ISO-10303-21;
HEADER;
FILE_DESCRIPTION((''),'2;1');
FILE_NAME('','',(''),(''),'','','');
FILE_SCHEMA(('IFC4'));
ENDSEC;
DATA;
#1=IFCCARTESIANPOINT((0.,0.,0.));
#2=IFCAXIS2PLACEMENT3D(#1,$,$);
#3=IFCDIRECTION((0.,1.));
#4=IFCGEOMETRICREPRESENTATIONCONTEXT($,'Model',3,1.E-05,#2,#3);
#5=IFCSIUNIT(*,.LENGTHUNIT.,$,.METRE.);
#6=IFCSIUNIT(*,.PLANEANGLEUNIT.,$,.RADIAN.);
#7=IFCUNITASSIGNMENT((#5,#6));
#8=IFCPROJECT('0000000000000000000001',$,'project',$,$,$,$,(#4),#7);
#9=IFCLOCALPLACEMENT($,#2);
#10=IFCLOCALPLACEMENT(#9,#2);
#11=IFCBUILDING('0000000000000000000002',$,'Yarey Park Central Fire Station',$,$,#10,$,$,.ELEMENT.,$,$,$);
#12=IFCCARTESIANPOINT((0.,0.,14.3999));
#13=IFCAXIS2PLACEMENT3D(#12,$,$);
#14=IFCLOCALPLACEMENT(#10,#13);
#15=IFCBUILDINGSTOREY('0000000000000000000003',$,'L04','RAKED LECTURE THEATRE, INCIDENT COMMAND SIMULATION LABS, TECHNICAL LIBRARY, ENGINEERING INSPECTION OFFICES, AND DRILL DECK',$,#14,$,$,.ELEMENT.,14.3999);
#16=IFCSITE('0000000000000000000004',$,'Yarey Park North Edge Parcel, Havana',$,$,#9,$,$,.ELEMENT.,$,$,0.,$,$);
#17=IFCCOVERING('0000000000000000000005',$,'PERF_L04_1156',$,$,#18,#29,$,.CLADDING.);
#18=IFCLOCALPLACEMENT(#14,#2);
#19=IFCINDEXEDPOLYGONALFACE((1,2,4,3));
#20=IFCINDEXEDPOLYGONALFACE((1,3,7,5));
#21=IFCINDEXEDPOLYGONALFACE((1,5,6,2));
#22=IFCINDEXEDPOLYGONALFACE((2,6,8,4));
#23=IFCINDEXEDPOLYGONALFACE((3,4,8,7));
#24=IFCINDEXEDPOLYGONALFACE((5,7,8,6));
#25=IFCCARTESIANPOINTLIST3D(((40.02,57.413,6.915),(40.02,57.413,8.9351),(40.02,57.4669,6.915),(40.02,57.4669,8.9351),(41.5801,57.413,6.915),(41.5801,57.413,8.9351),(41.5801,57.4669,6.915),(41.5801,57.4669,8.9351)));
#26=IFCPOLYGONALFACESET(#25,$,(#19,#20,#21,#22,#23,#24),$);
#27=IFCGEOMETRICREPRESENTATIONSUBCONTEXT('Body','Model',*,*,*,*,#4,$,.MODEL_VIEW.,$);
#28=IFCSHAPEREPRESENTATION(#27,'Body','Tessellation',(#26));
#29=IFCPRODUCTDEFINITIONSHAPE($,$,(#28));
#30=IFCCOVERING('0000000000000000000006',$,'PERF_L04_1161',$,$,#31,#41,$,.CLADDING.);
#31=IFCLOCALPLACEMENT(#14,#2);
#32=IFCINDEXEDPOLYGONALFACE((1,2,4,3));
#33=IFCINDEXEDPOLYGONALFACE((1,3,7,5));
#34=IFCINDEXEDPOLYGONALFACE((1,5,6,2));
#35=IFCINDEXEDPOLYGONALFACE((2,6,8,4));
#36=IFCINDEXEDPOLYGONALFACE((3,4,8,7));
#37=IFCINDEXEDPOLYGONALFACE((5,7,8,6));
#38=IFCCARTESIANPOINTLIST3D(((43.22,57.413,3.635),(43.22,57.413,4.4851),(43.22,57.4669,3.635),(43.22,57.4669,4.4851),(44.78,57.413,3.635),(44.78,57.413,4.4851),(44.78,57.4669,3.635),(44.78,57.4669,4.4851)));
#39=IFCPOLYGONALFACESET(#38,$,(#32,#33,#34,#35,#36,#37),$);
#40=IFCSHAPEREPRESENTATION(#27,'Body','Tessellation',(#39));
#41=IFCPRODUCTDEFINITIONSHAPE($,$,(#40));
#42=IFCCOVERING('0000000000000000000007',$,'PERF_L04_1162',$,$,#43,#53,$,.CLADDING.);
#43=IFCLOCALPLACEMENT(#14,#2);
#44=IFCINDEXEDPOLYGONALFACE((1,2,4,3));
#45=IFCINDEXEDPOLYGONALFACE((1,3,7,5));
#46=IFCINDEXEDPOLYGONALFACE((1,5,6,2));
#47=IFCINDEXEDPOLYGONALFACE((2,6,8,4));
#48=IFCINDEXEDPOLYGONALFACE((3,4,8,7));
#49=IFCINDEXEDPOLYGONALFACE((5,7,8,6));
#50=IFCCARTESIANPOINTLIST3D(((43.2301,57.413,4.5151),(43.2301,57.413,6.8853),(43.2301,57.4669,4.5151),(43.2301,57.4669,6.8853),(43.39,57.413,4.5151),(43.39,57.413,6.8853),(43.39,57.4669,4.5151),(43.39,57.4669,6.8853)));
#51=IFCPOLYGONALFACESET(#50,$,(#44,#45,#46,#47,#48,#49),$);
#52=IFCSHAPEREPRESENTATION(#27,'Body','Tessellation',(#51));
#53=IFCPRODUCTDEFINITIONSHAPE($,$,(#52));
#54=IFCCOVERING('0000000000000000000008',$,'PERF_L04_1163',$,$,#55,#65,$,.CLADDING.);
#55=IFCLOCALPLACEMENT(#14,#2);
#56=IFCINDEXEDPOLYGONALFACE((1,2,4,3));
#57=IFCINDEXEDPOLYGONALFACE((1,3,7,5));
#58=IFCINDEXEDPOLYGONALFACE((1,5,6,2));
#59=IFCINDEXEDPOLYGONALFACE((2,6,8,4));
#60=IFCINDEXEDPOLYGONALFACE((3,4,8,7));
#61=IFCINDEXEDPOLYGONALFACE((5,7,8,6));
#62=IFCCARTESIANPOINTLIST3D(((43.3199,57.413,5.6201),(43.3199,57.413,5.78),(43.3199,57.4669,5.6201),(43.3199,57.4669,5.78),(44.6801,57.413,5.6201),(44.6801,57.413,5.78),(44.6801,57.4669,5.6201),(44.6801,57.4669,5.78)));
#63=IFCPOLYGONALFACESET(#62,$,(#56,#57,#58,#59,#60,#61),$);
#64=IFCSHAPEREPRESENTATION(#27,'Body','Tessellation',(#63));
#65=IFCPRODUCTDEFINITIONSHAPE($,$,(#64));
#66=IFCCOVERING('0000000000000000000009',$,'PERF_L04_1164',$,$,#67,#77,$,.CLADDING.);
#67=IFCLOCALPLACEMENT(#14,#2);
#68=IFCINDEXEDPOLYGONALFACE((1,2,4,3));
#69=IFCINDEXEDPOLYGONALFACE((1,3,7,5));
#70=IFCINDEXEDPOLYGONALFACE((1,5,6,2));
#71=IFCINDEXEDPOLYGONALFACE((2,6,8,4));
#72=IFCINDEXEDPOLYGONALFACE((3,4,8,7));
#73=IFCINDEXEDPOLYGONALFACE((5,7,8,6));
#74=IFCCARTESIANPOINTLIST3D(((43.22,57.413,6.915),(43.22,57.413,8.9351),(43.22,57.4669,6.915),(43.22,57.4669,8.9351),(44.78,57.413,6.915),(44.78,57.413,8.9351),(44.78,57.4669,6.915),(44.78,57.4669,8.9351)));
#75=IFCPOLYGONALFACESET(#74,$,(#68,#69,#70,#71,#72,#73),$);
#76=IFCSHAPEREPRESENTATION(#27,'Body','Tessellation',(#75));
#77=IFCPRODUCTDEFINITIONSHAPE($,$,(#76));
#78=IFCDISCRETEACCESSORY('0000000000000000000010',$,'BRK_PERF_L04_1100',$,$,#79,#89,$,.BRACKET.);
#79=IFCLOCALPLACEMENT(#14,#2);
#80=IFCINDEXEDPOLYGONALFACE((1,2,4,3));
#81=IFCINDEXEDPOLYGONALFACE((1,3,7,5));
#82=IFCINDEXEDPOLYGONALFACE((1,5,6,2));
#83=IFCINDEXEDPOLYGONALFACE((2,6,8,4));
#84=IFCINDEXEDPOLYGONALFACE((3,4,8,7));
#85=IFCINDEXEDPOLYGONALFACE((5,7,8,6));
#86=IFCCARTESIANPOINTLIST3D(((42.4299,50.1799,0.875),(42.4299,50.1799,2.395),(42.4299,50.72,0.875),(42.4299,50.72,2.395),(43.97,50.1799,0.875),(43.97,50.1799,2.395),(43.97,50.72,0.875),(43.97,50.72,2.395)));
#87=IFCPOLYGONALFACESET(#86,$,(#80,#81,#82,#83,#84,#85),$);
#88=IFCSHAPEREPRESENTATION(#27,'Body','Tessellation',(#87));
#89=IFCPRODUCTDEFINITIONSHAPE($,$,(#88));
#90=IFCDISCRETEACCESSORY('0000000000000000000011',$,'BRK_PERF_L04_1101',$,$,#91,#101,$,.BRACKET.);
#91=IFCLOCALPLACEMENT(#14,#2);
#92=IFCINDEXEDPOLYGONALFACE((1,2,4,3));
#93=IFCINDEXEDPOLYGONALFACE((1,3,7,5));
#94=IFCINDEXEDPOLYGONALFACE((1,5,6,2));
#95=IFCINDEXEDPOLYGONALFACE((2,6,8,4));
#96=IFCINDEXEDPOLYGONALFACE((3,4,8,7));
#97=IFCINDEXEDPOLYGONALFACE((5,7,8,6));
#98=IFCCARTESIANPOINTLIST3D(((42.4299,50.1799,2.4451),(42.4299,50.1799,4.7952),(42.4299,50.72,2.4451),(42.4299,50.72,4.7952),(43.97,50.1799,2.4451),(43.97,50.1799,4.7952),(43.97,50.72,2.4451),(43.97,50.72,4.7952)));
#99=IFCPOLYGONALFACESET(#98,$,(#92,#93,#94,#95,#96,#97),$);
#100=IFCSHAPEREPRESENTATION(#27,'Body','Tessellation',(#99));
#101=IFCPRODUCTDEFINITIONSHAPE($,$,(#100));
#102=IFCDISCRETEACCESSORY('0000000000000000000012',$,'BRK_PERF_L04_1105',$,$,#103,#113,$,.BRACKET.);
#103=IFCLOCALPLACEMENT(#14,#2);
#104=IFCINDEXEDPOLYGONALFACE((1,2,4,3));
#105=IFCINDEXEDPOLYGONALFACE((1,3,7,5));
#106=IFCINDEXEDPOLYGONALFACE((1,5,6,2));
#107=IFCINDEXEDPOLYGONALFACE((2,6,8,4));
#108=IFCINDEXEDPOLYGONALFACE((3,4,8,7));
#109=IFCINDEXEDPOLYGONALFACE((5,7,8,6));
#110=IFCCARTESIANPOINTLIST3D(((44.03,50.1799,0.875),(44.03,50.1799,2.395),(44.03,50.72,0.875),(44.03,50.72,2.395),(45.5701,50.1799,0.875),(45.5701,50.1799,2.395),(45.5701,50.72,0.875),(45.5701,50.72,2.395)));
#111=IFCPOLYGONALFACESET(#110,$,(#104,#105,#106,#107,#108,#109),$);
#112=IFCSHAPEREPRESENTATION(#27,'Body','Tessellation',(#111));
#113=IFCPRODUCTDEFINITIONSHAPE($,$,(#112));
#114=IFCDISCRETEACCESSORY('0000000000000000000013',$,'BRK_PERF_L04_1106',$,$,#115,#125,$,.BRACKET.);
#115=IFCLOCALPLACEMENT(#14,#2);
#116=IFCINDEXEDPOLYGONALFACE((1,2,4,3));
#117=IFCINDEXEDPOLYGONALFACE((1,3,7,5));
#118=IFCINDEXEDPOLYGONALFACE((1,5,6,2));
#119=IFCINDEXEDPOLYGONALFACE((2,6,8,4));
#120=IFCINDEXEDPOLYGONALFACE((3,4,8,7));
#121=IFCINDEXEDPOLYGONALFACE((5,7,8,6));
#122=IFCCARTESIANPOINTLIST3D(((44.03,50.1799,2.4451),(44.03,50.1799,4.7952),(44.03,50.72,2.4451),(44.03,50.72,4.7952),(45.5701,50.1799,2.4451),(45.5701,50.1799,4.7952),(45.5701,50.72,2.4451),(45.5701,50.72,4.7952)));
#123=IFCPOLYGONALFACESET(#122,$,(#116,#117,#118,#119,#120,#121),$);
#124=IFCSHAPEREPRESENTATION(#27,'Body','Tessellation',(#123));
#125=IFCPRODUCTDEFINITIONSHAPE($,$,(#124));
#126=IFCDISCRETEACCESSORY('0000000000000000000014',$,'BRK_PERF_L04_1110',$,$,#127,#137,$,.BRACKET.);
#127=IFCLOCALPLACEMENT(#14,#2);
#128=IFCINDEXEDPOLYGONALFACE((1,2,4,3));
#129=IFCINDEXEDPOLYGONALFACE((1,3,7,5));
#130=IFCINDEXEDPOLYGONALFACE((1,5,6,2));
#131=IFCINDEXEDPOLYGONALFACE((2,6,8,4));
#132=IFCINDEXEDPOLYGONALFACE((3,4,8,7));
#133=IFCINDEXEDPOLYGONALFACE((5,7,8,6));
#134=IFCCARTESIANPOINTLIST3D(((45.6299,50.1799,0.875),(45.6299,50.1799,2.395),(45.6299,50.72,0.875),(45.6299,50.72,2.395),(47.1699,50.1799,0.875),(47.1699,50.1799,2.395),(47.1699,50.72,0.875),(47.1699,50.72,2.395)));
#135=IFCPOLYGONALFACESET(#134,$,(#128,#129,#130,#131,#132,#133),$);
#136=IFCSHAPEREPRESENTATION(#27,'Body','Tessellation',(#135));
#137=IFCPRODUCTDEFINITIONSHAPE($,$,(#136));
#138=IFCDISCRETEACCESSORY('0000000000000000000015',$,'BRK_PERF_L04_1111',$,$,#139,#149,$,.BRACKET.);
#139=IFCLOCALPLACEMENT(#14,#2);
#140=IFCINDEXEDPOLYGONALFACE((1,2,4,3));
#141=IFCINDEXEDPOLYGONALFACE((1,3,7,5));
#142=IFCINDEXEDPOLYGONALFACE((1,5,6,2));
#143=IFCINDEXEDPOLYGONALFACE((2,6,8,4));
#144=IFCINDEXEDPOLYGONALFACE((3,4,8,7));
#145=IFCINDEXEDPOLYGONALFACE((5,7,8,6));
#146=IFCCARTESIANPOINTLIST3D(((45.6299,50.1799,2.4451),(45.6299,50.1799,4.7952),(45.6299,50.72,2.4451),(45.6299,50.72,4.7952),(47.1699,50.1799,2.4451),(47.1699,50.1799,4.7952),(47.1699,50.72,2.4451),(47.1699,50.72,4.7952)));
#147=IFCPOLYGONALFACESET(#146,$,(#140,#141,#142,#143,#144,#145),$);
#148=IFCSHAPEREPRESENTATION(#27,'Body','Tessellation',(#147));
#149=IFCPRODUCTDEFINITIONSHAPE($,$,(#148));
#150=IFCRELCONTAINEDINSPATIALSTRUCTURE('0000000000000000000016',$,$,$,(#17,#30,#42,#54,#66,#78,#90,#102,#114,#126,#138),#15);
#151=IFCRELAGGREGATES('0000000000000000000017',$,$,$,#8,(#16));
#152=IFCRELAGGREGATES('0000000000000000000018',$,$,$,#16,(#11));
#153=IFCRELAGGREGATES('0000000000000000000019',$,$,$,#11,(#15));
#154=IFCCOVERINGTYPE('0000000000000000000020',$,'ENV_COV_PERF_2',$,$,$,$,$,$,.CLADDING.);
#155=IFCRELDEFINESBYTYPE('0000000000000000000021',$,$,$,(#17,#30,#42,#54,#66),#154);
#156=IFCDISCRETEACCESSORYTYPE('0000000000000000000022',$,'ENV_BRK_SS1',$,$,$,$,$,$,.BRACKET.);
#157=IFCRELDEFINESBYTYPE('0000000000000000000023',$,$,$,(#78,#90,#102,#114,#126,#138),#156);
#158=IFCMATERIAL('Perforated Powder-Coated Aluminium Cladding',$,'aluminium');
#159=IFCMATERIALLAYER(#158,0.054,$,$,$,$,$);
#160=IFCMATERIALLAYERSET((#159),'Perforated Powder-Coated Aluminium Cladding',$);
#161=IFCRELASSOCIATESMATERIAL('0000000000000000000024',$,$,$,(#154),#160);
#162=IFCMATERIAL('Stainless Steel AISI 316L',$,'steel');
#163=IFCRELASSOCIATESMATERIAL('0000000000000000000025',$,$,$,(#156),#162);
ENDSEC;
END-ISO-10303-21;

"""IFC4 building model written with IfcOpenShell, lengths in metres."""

from ifc_helpers import new_model, si_unit, direction, frame, origin, origin_2d, place, context, subcontext, project, spatial, rectangle, extrude, material, layer, layer_set, type_object, element, save


model = new_model("IFC4")

# Units and contexts
model_context = context("Model", 3, precision=1e-05, world=origin(), true_north=direction((0.0, 1.0)))
body_context = subcontext(model_context, "Body", "Model", "MODEL_VIEW")
ifc_project = project(units=[si_unit("LENGTHUNIT", "METRE"), si_unit("PLANEANGLEUNIT", "RADIAN")], contexts=[model_context])

# Site, building, storey
site_placement = place(None, origin())
site = spatial("IfcSite", under=ifc_project, at=site_placement, Name="Yarey Park North Edge Parcel, Havana", CompositionType="ELEMENT", RefElevation=0.0)
building_placement = place(site_placement, origin())
building = spatial("IfcBuilding", under=site, at=building_placement, Name="Yarey Park Central Fire Station", CompositionType="ELEMENT")
storey_placement = place(building_placement, frame((0.0, 0.0, 14.3999)))
storey = spatial("IfcBuildingStorey", under=building, at=storey_placement, Name="L04", Description="RAKED LECTURE THEATRE, INCIDENT COMMAND SIMULATION LABS, TECHNICAL LIBRARY, ENGINEERING INSPECTION OFFICES, AND DRILL DECK", CompositionType="ELEMENT", Elevation=14.3999)

# Coverings
ifc_material_1 = material(Name="Perforated Powder-Coated Aluminium Cladding", Category="aluminium")
ifc_layer_1 = layer(ifc_material_1, 0.054)
ifc_layer_set_1 = layer_set([ifc_layer_1], Name="Perforated Powder-Coated Aluminium Cladding")
covering_type_1 = type_object("IfcCoveringType", Name="ENV_COV_PERF_2", PredefinedType="CLADDING", material=ifc_layer_set_1)
covering_1_placement = place(storey_placement, frame((40.8, 57.4399, 6.915), z_axis=(0.0, 0.0, 1.0), x_axis=(1.0, 0.0, 0.0)))
element("IfcCovering", 1, at=covering_1_placement, inside=storey, type_object=covering_type_1, Name="PERF_L04_1156", PredefinedType="CLADDING", context=body_context, shape_type="SweptSolid", body=[
    extrude(rectangle(XDim=1.5601, YDim=0.054, at=origin_2d()), origin(), (0.0, 0.0, 1.0), 2.02),
])
covering_2_placement = place(storey_placement, frame((44.0, 57.4399, 3.635), z_axis=(0.0, 0.0, 1.0), x_axis=(1.0, 0.0, 0.0)))
element("IfcCovering", 2, at=covering_2_placement, inside=storey, type_object=covering_type_1, Name="PERF_L04_1161", PredefinedType="CLADDING", context=body_context, shape_type="SweptSolid", body=[
    extrude(rectangle(XDim=1.5601, YDim=0.054, at=origin_2d()), origin(), (0.0, 0.0, 1.0), 0.8501),
])
covering_3_placement = place(storey_placement, frame((43.3101, 57.4399, 4.5151), z_axis=(0.0, 0.0, 1.0), x_axis=(1.0, 0.0, 0.0)))
element("IfcCovering", 3, at=covering_3_placement, inside=storey, type_object=covering_type_1, Name="PERF_L04_1162", PredefinedType="CLADDING", context=body_context, shape_type="SweptSolid", body=[
    extrude(rectangle(XDim=0.1599, YDim=0.054, at=origin_2d()), origin(), (0.0, 0.0, 1.0), 2.3701),
])
covering_4_placement = place(storey_placement, frame((44.0, 57.4399, 5.6201), z_axis=(0.0, 0.0, 1.0), x_axis=(1.0, 0.0, 0.0)))
element("IfcCovering", 4, at=covering_4_placement, inside=storey, type_object=covering_type_1, Name="PERF_L04_1163", PredefinedType="CLADDING", context=body_context, shape_type="SweptSolid", body=[
    extrude(rectangle(XDim=1.3601, YDim=0.054, at=origin_2d()), origin(), (0.0, 0.0, 1.0), 0.1599),
])
covering_5_placement = place(storey_placement, frame((44.0, 57.4399, 6.915), z_axis=(0.0, 0.0, 1.0), x_axis=(1.0, 0.0, 0.0)))
element("IfcCovering", 5, at=covering_5_placement, inside=storey, type_object=covering_type_1, Name="PERF_L04_1164", PredefinedType="CLADDING", context=body_context, shape_type="SweptSolid", body=[
    extrude(rectangle(XDim=1.5601, YDim=0.054, at=origin_2d()), origin(), (0.0, 0.0, 1.0), 2.02),
])

# Discrete accessories
ifc_material_2 = material(Name="Stainless Steel AISI 316L", Category="steel")
discrete_accessory_type = type_object("IfcDiscreteAccessoryType", Name="ENV_BRK_SS1", PredefinedType="BRACKET", material=ifc_material_2)
discrete_accessory_1_placement = place(storey_placement, frame((43.2, 50.45, 0.875), z_axis=(0.0, 0.0, 1.0), x_axis=(1.0, 0.0, 0.0)))
element("IfcDiscreteAccessory", 6, at=discrete_accessory_1_placement, inside=storey, type_object=discrete_accessory_type, Name="BRK_PERF_L04_1100", PredefinedType="BRACKET", context=body_context, shape_type="SweptSolid", body=[
    extrude(rectangle(XDim=1.54, YDim=0.54, at=origin_2d()), origin(), (0.0, 0.0, 1.0), 1.52),
])
discrete_accessory_2_placement = place(storey_placement, frame((43.2, 50.45, 2.4451), z_axis=(0.0, 0.0, 1.0), x_axis=(1.0, 0.0, 0.0)))
element("IfcDiscreteAccessory", 7, at=discrete_accessory_2_placement, inside=storey, type_object=discrete_accessory_type, Name="BRK_PERF_L04_1101", PredefinedType="BRACKET", context=body_context, shape_type="SweptSolid", body=[
    extrude(rectangle(XDim=1.54, YDim=0.54, at=origin_2d()), origin(), (0.0, 0.0, 1.0), 2.3501),
])
discrete_accessory_3_placement = place(storey_placement, frame((44.8, 50.45, 0.875), z_axis=(0.0, 0.0, 1.0), x_axis=(1.0, 0.0, 0.0)))
element("IfcDiscreteAccessory", 8, at=discrete_accessory_3_placement, inside=storey, type_object=discrete_accessory_type, Name="BRK_PERF_L04_1105", PredefinedType="BRACKET", context=body_context, shape_type="SweptSolid", body=[
    extrude(rectangle(XDim=1.54, YDim=0.54, at=origin_2d()), origin(), (0.0, 0.0, 1.0), 1.52),
])
discrete_accessory_4_placement = place(storey_placement, frame((44.8, 50.45, 2.4451), z_axis=(0.0, 0.0, 1.0), x_axis=(1.0, 0.0, 0.0)))
element("IfcDiscreteAccessory", 9, at=discrete_accessory_4_placement, inside=storey, type_object=discrete_accessory_type, Name="BRK_PERF_L04_1106", PredefinedType="BRACKET", context=body_context, shape_type="SweptSolid", body=[
    extrude(rectangle(XDim=1.54, YDim=0.54, at=origin_2d()), origin(), (0.0, 0.0, 1.0), 2.3501),
])
discrete_accessory_5_placement = place(storey_placement, frame((46.3999, 50.45, 0.875), z_axis=(0.0, 0.0, 1.0), x_axis=(1.0, 0.0, 0.0)))
element("IfcDiscreteAccessory", 10, at=discrete_accessory_5_placement, inside=storey, type_object=discrete_accessory_type, Name="BRK_PERF_L04_1110", PredefinedType="BRACKET", context=body_context, shape_type="SweptSolid", body=[
    extrude(rectangle(XDim=1.54, YDim=0.54, at=origin_2d()), origin(), (0.0, 0.0, 1.0), 1.52),
])
discrete_accessory_6_placement = place(storey_placement, frame((46.3999, 50.45, 2.4451), z_axis=(0.0, 0.0, 1.0), x_axis=(1.0, 0.0, 0.0)))
element("IfcDiscreteAccessory", 11, at=discrete_accessory_6_placement, inside=storey, type_object=discrete_accessory_type, Name="BRK_PERF_L04_1111", PredefinedType="BRACKET", context=body_context, shape_type="SweptSolid", body=[
    extrude(rectangle(XDim=1.54, YDim=0.54, at=origin_2d()), origin(), (0.0, 0.0, 1.0), 2.3501),
])

save(model, "model.ifc")
